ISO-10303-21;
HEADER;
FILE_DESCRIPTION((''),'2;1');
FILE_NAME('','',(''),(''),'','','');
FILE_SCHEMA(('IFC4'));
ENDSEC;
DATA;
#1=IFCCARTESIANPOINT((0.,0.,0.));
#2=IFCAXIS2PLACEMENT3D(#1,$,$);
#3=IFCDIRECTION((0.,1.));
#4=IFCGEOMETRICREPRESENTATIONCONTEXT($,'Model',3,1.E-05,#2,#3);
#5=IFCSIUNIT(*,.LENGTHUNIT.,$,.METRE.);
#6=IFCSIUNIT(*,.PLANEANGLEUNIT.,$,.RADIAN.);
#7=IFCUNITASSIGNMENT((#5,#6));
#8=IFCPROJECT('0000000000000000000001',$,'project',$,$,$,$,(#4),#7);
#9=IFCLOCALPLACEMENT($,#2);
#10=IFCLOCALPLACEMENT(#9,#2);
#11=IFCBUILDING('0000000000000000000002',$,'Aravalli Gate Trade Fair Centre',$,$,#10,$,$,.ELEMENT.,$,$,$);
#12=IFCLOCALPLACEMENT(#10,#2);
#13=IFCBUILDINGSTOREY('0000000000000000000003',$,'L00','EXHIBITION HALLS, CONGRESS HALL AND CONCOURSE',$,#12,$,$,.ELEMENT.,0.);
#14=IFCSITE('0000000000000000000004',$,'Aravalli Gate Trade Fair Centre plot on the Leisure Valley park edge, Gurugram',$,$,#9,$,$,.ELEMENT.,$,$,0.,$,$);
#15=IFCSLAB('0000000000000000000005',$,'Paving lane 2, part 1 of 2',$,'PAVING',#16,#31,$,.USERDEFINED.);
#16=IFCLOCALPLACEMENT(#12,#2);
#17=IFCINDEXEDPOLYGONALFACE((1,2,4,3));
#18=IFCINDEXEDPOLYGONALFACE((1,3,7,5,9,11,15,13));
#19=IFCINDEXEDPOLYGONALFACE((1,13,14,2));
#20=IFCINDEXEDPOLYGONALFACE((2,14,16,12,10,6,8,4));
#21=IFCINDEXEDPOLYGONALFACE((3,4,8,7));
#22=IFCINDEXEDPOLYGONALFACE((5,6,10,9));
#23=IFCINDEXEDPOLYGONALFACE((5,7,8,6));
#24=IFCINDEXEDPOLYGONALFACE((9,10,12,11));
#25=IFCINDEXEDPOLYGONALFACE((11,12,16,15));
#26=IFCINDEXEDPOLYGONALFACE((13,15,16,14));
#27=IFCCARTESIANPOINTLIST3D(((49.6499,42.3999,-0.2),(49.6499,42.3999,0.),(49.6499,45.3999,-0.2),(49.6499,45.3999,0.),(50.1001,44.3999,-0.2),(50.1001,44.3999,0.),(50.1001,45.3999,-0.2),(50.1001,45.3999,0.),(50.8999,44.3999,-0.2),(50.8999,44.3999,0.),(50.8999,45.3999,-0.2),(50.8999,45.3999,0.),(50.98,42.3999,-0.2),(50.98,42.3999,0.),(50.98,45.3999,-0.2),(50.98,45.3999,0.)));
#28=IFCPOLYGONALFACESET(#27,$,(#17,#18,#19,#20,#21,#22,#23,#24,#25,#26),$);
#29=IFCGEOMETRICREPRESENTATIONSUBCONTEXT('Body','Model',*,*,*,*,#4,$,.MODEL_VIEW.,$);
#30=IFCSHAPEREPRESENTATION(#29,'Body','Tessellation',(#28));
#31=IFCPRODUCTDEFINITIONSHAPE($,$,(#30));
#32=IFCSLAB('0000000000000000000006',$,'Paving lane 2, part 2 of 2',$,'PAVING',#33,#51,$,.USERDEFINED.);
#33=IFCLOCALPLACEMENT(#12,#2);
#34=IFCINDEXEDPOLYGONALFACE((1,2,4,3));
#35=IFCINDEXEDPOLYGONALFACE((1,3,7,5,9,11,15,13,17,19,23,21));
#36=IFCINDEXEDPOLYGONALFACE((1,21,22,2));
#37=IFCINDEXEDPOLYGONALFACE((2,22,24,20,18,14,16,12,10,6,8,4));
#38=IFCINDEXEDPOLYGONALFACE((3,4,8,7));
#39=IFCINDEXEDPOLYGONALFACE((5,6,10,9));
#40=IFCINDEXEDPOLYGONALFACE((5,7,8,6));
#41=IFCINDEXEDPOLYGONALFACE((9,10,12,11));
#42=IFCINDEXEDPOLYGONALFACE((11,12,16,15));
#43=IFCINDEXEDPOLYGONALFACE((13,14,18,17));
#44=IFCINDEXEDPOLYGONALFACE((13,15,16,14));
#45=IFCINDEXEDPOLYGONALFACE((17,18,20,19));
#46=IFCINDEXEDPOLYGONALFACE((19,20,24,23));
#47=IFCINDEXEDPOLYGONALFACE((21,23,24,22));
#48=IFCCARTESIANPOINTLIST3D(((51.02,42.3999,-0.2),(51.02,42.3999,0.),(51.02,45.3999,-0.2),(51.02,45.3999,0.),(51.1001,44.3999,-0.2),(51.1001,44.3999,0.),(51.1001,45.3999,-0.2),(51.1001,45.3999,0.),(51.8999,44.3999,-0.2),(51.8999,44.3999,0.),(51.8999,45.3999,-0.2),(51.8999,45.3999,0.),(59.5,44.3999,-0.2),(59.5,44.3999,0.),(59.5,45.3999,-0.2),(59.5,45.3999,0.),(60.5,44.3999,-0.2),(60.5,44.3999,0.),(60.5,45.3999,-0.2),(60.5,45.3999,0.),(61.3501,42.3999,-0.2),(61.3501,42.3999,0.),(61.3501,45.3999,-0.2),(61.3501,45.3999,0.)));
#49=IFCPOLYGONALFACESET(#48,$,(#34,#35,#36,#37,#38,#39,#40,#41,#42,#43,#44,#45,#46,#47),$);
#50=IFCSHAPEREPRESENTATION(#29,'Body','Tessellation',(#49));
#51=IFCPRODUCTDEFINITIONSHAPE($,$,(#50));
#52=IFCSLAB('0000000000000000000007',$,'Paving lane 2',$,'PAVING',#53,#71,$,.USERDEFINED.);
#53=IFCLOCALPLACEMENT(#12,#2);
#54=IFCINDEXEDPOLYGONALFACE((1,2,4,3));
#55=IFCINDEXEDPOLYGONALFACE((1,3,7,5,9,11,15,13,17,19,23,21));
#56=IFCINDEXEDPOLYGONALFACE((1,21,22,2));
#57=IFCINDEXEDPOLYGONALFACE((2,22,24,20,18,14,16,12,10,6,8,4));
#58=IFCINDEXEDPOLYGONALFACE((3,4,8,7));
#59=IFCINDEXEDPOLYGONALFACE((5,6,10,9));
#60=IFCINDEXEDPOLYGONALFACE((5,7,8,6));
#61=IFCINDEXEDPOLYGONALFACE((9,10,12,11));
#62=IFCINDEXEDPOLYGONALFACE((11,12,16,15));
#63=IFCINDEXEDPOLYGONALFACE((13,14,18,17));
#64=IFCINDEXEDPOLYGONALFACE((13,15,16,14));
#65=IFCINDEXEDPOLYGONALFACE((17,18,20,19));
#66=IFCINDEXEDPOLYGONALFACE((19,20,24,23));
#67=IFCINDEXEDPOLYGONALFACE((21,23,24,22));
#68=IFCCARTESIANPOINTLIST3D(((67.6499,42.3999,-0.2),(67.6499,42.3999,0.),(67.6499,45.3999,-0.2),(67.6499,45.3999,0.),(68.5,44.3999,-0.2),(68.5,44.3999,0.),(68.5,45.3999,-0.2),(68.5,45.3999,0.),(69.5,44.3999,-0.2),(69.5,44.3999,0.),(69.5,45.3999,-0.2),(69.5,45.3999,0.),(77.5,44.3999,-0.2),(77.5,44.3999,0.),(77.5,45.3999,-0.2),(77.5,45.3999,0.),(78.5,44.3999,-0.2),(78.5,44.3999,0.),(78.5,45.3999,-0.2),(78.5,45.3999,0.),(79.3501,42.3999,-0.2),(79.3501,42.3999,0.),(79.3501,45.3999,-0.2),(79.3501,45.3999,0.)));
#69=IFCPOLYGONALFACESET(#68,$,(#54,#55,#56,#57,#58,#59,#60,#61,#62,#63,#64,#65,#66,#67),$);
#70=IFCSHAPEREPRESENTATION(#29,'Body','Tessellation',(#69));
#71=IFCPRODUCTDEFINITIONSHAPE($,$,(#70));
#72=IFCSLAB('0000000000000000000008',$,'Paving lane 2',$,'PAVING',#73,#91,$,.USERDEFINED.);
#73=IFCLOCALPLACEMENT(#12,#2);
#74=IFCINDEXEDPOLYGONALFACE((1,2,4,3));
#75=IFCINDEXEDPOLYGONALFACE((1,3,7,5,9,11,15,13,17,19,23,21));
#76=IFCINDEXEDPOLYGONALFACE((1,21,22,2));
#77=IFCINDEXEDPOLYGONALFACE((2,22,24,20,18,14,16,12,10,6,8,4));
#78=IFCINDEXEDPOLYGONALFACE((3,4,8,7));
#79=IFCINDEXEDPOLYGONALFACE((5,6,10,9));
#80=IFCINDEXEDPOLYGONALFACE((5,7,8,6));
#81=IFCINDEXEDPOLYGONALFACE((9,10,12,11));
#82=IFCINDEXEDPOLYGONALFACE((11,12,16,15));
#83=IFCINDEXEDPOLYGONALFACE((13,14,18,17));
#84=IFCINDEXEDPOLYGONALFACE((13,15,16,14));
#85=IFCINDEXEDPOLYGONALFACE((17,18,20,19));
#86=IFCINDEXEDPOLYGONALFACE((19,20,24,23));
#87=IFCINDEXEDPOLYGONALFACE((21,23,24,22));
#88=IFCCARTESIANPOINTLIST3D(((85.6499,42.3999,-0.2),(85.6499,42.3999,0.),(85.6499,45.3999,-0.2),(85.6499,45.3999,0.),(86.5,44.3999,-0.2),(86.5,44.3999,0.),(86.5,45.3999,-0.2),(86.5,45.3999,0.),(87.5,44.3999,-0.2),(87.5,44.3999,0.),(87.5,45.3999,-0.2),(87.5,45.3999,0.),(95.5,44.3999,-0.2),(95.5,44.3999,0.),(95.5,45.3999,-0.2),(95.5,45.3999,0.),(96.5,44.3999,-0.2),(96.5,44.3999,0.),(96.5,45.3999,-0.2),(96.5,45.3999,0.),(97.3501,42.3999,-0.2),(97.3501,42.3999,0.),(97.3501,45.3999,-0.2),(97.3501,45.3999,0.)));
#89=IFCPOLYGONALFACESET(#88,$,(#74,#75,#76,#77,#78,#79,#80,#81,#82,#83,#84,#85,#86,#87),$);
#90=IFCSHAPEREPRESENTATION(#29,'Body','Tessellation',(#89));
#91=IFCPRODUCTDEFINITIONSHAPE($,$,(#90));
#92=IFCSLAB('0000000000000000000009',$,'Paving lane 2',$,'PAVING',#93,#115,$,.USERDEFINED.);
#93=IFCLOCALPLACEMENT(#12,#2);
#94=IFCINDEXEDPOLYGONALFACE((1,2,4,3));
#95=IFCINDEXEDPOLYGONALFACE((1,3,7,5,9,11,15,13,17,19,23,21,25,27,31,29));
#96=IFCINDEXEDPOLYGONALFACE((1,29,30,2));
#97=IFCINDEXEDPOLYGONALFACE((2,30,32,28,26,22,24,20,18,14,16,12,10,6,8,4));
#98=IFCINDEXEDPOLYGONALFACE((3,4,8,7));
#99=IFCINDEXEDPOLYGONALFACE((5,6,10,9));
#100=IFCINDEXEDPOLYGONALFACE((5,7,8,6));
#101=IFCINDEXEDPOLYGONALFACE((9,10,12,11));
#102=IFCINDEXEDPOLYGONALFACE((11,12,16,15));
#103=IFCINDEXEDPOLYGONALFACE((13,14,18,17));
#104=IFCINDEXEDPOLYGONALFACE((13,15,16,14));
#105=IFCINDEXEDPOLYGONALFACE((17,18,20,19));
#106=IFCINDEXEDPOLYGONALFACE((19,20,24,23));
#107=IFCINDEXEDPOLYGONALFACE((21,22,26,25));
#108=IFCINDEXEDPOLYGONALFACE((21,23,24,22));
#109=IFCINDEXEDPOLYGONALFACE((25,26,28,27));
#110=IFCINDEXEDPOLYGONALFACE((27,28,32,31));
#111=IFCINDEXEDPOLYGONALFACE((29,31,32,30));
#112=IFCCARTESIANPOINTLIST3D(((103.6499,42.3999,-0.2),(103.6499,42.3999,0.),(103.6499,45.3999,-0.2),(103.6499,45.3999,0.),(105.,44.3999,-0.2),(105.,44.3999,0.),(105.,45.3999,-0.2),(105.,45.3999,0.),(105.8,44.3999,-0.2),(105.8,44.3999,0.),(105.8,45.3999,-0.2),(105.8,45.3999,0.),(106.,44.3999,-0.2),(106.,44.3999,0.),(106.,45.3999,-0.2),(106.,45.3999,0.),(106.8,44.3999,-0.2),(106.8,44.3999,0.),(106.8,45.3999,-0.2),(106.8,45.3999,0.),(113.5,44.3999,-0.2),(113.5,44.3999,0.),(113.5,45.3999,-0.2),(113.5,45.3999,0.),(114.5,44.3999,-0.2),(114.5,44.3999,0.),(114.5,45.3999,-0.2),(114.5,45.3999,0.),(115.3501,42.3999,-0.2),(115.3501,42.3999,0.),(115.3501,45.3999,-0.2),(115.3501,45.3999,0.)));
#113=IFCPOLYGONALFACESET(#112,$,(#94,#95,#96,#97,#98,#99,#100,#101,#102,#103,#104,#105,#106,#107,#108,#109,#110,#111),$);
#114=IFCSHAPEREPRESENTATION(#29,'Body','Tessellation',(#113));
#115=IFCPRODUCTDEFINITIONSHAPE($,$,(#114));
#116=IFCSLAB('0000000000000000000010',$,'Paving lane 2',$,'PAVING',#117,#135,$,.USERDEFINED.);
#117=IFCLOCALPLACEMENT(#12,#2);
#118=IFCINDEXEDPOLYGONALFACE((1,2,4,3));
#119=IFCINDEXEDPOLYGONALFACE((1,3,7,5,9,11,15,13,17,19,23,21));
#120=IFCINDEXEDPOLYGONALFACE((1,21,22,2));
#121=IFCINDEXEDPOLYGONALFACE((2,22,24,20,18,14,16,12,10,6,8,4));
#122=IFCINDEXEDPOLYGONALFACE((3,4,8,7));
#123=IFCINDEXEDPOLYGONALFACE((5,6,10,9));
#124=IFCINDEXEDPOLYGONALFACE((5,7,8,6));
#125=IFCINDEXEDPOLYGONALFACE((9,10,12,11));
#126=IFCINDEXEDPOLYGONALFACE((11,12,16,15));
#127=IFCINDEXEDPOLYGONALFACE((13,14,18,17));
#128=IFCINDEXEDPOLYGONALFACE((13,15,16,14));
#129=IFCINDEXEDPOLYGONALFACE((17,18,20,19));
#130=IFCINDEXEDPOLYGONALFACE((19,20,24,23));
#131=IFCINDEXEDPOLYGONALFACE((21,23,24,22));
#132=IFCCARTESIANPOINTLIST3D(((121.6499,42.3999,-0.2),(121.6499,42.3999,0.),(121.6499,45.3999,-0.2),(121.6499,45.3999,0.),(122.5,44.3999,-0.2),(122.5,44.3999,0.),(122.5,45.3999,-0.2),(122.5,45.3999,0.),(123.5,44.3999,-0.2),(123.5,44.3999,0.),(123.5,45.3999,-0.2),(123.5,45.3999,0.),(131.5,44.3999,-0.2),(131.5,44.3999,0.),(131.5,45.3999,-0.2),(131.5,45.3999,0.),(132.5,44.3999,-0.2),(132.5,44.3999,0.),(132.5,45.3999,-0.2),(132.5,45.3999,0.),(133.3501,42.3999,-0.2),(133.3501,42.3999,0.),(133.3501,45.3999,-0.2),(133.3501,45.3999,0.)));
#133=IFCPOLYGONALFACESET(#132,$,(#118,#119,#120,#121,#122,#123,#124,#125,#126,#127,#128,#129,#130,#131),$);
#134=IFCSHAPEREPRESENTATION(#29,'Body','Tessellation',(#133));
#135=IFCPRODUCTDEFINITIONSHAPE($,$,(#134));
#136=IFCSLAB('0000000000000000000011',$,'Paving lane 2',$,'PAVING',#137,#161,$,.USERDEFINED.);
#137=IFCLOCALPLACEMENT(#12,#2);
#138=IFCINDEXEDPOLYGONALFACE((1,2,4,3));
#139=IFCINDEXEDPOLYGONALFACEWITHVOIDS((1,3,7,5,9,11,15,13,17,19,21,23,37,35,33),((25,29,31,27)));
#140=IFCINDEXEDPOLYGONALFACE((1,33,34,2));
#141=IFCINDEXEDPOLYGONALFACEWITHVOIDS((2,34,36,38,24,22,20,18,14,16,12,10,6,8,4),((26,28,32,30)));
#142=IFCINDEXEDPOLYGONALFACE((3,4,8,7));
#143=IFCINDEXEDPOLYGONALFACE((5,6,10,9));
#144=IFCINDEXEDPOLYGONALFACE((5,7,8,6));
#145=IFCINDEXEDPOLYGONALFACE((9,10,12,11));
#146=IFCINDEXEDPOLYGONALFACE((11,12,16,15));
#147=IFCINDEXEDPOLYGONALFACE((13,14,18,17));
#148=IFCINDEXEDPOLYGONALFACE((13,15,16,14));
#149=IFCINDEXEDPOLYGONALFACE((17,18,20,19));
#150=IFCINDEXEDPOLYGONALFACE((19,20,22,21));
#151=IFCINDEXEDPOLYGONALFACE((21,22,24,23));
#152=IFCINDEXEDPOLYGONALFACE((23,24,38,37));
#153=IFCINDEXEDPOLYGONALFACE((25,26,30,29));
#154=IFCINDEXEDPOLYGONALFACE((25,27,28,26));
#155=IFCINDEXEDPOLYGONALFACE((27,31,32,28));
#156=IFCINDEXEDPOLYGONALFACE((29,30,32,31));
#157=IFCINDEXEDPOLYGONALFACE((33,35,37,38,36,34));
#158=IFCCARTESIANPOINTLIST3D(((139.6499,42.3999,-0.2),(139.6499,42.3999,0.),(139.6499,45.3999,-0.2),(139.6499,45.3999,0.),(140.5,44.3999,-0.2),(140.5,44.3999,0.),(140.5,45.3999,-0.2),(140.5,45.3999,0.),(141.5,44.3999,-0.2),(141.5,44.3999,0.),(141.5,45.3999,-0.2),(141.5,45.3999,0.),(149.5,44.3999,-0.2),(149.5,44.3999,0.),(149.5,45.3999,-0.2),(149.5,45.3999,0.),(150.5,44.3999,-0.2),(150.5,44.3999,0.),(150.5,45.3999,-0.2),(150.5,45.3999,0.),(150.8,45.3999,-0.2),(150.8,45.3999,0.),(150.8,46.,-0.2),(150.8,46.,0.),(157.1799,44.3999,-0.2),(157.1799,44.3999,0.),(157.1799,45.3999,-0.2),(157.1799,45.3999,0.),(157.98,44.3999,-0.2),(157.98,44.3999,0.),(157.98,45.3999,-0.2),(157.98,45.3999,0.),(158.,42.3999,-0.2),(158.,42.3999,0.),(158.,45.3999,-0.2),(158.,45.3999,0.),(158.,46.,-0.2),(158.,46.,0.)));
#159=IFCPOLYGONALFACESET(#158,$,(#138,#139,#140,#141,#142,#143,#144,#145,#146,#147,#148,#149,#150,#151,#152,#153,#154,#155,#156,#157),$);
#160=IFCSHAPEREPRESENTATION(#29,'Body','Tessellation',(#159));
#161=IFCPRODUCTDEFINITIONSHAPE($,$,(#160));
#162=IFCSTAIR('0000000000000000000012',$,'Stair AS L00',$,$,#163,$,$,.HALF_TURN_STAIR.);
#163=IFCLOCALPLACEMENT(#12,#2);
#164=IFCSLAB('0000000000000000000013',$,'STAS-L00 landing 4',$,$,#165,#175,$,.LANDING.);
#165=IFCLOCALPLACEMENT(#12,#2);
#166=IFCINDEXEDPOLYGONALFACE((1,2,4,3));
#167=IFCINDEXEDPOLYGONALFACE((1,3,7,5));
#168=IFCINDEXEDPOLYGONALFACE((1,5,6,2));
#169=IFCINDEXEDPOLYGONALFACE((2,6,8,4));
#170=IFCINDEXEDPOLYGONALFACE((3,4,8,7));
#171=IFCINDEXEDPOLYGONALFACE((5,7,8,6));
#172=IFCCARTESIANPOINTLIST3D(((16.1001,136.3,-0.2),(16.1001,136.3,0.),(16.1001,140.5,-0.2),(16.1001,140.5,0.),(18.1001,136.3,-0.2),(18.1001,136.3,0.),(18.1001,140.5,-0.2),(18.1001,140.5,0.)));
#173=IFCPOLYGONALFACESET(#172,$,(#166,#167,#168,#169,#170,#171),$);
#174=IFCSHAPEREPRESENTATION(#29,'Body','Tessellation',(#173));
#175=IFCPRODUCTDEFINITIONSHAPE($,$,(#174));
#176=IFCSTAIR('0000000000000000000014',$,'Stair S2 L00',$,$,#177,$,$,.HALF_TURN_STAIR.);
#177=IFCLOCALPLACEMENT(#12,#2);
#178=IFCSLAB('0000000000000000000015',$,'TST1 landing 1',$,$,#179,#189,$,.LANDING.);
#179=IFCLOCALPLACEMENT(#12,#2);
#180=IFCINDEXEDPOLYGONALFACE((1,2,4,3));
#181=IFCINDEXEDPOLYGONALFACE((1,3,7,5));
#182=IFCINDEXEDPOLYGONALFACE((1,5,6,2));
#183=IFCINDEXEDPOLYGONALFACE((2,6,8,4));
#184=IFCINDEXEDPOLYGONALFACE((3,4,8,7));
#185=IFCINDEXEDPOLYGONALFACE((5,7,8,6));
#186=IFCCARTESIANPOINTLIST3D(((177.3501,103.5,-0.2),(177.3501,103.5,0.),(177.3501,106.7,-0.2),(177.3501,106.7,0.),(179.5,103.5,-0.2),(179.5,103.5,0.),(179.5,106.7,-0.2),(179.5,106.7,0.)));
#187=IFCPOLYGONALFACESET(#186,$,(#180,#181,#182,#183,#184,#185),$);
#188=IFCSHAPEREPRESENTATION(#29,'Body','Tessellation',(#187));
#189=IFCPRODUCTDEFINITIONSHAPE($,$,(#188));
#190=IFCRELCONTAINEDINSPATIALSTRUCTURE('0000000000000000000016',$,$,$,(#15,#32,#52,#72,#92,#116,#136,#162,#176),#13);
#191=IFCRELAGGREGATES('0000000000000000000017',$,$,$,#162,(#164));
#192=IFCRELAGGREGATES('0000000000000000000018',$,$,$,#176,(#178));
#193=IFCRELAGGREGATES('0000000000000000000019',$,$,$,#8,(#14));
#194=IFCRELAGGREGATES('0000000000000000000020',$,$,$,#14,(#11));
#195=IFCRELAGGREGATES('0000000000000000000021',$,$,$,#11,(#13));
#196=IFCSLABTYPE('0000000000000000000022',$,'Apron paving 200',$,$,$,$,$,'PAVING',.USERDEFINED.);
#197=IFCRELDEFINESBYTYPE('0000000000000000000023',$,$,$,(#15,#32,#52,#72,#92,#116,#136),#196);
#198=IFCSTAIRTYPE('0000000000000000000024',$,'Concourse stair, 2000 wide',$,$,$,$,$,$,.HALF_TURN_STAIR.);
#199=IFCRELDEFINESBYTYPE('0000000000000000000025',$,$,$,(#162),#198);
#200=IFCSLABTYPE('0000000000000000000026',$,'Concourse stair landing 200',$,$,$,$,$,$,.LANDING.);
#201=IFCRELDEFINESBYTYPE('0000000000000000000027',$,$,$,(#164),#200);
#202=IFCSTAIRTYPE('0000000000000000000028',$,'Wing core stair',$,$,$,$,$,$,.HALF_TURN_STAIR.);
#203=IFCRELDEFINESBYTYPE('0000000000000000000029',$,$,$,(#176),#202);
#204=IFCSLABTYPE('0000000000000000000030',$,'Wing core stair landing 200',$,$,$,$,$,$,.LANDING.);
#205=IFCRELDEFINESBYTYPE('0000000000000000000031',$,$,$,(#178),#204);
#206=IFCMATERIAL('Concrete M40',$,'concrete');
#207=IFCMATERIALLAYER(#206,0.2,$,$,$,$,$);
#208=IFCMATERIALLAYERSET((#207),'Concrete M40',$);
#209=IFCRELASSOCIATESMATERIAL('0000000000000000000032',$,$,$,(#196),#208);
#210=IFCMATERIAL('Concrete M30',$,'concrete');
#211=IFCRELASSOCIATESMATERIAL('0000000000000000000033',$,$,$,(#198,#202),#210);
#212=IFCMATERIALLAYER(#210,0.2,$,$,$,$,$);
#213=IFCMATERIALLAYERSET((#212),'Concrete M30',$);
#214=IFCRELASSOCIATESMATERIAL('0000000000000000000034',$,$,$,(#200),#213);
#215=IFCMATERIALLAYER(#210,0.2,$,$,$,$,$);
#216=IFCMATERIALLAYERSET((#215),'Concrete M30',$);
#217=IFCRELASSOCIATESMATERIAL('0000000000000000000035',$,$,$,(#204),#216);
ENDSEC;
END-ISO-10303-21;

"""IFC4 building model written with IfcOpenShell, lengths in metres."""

from ifc_helpers import new_model, si_unit, direction, frame, origin, place, context, subcontext, project, spatial, polyline, outline, extrude, material, layer, layer_set, type_object, element, aggregate, save


model = new_model("IFC4")

# Units and contexts
model_context = context("Model", 3, precision=1e-05, world=origin(), true_north=direction((0.0, 1.0)))
body_context = subcontext(model_context, "Body", "Model", "MODEL_VIEW")
ifc_project = project(units=[si_unit("LENGTHUNIT", "METRE"), si_unit("PLANEANGLEUNIT", "RADIAN")], contexts=[model_context])

# Site, building, storey
site_placement = place(None, origin())
site = spatial("IfcSite", under=ifc_project, at=site_placement, Name="Aravalli Gate Trade Fair Centre plot on the Leisure Valley park edge, Gurugram", CompositionType="ELEMENT", RefElevation=0.0)
building_placement = place(site_placement, origin())
building = spatial("IfcBuilding", under=site, at=building_placement, Name="Aravalli Gate Trade Fair Centre", CompositionType="ELEMENT")
storey_placement = place(building_placement, origin())
storey = spatial("IfcBuildingStorey", under=building, at=storey_placement, Name="L00", Description="EXHIBITION HALLS, CONGRESS HALL AND CONCOURSE", CompositionType="ELEMENT", Elevation=0.0)

# Shared definitions
ifc_material_1 = material(Name="Concrete M30", Category="concrete")
ifc_material_2 = material(Name="Concrete M40", Category="concrete")

# Slabs
ifc_layer_1 = layer(ifc_material_2, 0.2)
ifc_layer_set_1 = layer_set([ifc_layer_1], Name="Concrete M40")
slab_type_1 = type_object("IfcSlabType", Name="Apron paving 200", ElementType="PAVING", PredefinedType="USERDEFINED", material=ifc_layer_set_1)
slab_1_placement = place(storey_placement, frame((0.0, 0.0, -0.2)))
element("IfcSlab", 1, at=slab_1_placement, inside=storey, type_object=slab_type_1, Name="Paving lane 2, part 1 of 2", ObjectType="PAVING", PredefinedType="USERDEFINED", context=body_context, shape_type="SweptSolid", body=[
    extrude(outline(polyline([(50.1001, 44.3999), (50.1001, 45.3999), (49.6499, 45.3999), (49.6499, 42.3999), (50.98, 42.3999), (50.98, 45.3999), (50.8999, 45.3999), (50.8999, 44.3999), (50.1001, 44.3999)])), origin(), (0.0, 0.0, 1.0), 0.2),
])
slab_2_placement = place(storey_placement, frame((0.0, 0.0, -0.2)))
element("IfcSlab", 2, at=slab_2_placement, inside=storey, type_object=slab_type_1, Name="Paving lane 2, part 2 of 2", ObjectType="PAVING", PredefinedType="USERDEFINED", context=body_context, shape_type="SweptSolid", body=[
    extrude(outline(polyline([(51.1001, 45.3999), (51.02, 45.3999), (51.02, 42.3999), (61.3501, 42.3999), (61.3501, 45.3999), (60.5, 45.3999), (60.5, 44.3999), (59.5, 44.3999), (59.5, 45.3999), (51.8999, 45.3999), (51.8999, 44.3999), (51.1001, 44.3999), (51.1001, 45.3999)])), origin(), (0.0, 0.0, 1.0), 0.2),
])
slab_3_placement = place(storey_placement, frame((0.0, 0.0, -0.2)))
element("IfcSlab", 3, at=slab_3_placement, inside=storey, type_object=slab_type_1, Name="Paving lane 2", ObjectType="PAVING", PredefinedType="USERDEFINED", context=body_context, shape_type="SweptSolid", body=[
    extrude(outline(polyline([(68.5, 45.3999), (68.5, 44.3999), (69.5, 44.3999), (69.5, 45.3999), (77.5, 45.3999), (77.5, 44.3999), (78.5, 44.3999), (78.5, 45.3999), (79.3501, 45.3999), (79.3501, 42.3999), (67.6499, 42.3999), (67.6499, 45.3999), (68.5, 45.3999)])), origin(), (0.0, 0.0, 1.0), 0.2),
])
slab_4_placement = place(storey_placement, frame((0.0, 0.0, -0.2)))
element("IfcSlab", 4, at=slab_4_placement, inside=storey, type_object=slab_type_1, Name="Paving lane 2", ObjectType="PAVING", PredefinedType="USERDEFINED", context=body_context, shape_type="SweptSolid", body=[
    extrude(outline(polyline([(86.5, 45.3999), (86.5, 44.3999), (87.5, 44.3999), (87.5, 45.3999), (95.5, 45.3999), (95.5, 44.3999), (96.5, 44.3999), (96.5, 45.3999), (97.3501, 45.3999), (97.3501, 42.3999), (85.6499, 42.3999), (85.6499, 45.3999), (86.5, 45.3999)])), origin(), (0.0, 0.0, 1.0), 0.2),
])
slab_5_placement = place(storey_placement, frame((0.0, 0.0, -0.2)))
element("IfcSlab", 5, at=slab_5_placement, inside=storey, type_object=slab_type_1, Name="Paving lane 2", ObjectType="PAVING", PredefinedType="USERDEFINED", context=body_context, shape_type="SweptSolid", body=[
    extrude(outline(polyline([(105.0, 45.3999), (105.0, 44.3999), (105.8, 44.3999), (105.8, 45.3999), (106.0, 45.3999), (106.0, 44.3999), (106.8, 44.3999), (106.8, 45.3999), (113.5, 45.3999), (113.5, 44.3999), (114.5, 44.3999), (114.5, 45.3999), (115.3501, 45.3999), (115.3501, 42.3999), (103.6499, 42.3999), (103.6499, 45.3999), (105.0, 45.3999)])), origin(), (0.0, 0.0, 1.0), 0.2),
])
slab_6_placement = place(storey_placement, frame((0.0, 0.0, -0.2)))
element("IfcSlab", 6, at=slab_6_placement, inside=storey, type_object=slab_type_1, Name="Paving lane 2", ObjectType="PAVING", PredefinedType="USERDEFINED", context=body_context, shape_type="SweptSolid", body=[
    extrude(outline(polyline([(122.5, 45.3999), (122.5, 44.3999), (123.5, 44.3999), (123.5, 45.3999), (131.5, 45.3999), (131.5, 44.3999), (132.5, 44.3999), (132.5, 45.3999), (133.3501, 45.3999), (133.3501, 42.3999), (121.6499, 42.3999), (121.6499, 45.3999), (122.5, 45.3999)])), origin(), (0.0, 0.0, 1.0), 0.2),
])
slab_7_placement = place(storey_placement, frame((0.0, 0.0, -0.2)))
element("IfcSlab", 7, at=slab_7_placement, inside=storey, type_object=slab_type_1, Name="Paving lane 2", ObjectType="PAVING", PredefinedType="USERDEFINED", context=body_context, shape_type="SweptSolid", body=[
    extrude(outline(polyline([(140.5, 45.3999), (140.5, 44.3999), (141.5, 44.3999), (141.5, 45.3999), (149.5, 45.3999), (149.5, 44.3999), (150.5, 44.3999), (150.5, 45.3999), (150.8, 45.3999), (150.8, 46.0), (158.0, 46.0), (158.0, 45.3999), (158.0, 42.3999), (139.6499, 42.3999), (139.6499, 45.3999), (140.5, 45.3999)]), holes=[polyline([(157.1799, 44.3999), (157.98, 44.3999), (157.98, 45.3999), (157.1799, 45.3999), (157.1799, 44.3999)])]), origin(), (0.0, 0.0, 1.0), 0.2),
])

# Stairs, slabs
stair_type_1 = type_object("IfcStairType", Name="Concourse stair, 2000 wide", PredefinedType="HALF_TURN_STAIR", material=ifc_material_1)
stair_1_placement = place(storey_placement, origin())
stair_1 = element("IfcStair", 8, at=stair_1_placement, inside=storey, type_object=stair_type_1, Name="Stair AS L00", PredefinedType="HALF_TURN_STAIR")
ifc_layer_2 = layer(ifc_material_1, 0.2)
ifc_layer_set_2 = layer_set([ifc_layer_2], Name="Concrete M30")
slab_type_2 = type_object("IfcSlabType", Name="Concourse stair landing 200", PredefinedType="LANDING", material=ifc_layer_set_2)
slab_8_placement = place(storey_placement, frame((0.0, 0.0, -0.2)))
slab_8 = element("IfcSlab", 9, at=slab_8_placement, type_object=slab_type_2, Name="STAS-L00 landing 4", PredefinedType="LANDING", context=body_context, shape_type="SweptSolid", body=[
    extrude(outline(polyline([(16.1001, 136.3), (18.1001, 136.3), (18.1001, 140.5), (16.1001, 140.5), (16.1001, 136.3)])), origin(), (0.0, 0.0, 1.0), 0.2),
])
aggregate(stair_1, [slab_8])
stair_type_2 = type_object("IfcStairType", Name="Wing core stair", PredefinedType="HALF_TURN_STAIR", material=ifc_material_1)
stair_2_placement = place(storey_placement, origin())
stair_2 = element("IfcStair", 10, at=stair_2_placement, inside=storey, type_object=stair_type_2, Name="Stair S2 L00", PredefinedType="HALF_TURN_STAIR")
ifc_layer_3 = layer(ifc_material_1, 0.2)
ifc_layer_set_3 = layer_set([ifc_layer_3], Name="Concrete M30")
slab_type_3 = type_object("IfcSlabType", Name="Wing core stair landing 200", PredefinedType="LANDING", material=ifc_layer_set_3)
slab_9_placement = place(storey_placement, frame((0.0, 0.0, -0.2)))
slab_9 = element("IfcSlab", 11, at=slab_9_placement, type_object=slab_type_3, Name="TST1 landing 1", PredefinedType="LANDING", context=body_context, shape_type="SweptSolid", body=[
    extrude(outline(polyline([(177.3501, 103.5), (179.5, 103.5), (179.5, 106.7), (177.3501, 106.7), (177.3501, 103.5)])), origin(), (0.0, 0.0, 1.0), 0.2),
])
aggregate(stair_2, [slab_9])

save(model, "model.ifc")
